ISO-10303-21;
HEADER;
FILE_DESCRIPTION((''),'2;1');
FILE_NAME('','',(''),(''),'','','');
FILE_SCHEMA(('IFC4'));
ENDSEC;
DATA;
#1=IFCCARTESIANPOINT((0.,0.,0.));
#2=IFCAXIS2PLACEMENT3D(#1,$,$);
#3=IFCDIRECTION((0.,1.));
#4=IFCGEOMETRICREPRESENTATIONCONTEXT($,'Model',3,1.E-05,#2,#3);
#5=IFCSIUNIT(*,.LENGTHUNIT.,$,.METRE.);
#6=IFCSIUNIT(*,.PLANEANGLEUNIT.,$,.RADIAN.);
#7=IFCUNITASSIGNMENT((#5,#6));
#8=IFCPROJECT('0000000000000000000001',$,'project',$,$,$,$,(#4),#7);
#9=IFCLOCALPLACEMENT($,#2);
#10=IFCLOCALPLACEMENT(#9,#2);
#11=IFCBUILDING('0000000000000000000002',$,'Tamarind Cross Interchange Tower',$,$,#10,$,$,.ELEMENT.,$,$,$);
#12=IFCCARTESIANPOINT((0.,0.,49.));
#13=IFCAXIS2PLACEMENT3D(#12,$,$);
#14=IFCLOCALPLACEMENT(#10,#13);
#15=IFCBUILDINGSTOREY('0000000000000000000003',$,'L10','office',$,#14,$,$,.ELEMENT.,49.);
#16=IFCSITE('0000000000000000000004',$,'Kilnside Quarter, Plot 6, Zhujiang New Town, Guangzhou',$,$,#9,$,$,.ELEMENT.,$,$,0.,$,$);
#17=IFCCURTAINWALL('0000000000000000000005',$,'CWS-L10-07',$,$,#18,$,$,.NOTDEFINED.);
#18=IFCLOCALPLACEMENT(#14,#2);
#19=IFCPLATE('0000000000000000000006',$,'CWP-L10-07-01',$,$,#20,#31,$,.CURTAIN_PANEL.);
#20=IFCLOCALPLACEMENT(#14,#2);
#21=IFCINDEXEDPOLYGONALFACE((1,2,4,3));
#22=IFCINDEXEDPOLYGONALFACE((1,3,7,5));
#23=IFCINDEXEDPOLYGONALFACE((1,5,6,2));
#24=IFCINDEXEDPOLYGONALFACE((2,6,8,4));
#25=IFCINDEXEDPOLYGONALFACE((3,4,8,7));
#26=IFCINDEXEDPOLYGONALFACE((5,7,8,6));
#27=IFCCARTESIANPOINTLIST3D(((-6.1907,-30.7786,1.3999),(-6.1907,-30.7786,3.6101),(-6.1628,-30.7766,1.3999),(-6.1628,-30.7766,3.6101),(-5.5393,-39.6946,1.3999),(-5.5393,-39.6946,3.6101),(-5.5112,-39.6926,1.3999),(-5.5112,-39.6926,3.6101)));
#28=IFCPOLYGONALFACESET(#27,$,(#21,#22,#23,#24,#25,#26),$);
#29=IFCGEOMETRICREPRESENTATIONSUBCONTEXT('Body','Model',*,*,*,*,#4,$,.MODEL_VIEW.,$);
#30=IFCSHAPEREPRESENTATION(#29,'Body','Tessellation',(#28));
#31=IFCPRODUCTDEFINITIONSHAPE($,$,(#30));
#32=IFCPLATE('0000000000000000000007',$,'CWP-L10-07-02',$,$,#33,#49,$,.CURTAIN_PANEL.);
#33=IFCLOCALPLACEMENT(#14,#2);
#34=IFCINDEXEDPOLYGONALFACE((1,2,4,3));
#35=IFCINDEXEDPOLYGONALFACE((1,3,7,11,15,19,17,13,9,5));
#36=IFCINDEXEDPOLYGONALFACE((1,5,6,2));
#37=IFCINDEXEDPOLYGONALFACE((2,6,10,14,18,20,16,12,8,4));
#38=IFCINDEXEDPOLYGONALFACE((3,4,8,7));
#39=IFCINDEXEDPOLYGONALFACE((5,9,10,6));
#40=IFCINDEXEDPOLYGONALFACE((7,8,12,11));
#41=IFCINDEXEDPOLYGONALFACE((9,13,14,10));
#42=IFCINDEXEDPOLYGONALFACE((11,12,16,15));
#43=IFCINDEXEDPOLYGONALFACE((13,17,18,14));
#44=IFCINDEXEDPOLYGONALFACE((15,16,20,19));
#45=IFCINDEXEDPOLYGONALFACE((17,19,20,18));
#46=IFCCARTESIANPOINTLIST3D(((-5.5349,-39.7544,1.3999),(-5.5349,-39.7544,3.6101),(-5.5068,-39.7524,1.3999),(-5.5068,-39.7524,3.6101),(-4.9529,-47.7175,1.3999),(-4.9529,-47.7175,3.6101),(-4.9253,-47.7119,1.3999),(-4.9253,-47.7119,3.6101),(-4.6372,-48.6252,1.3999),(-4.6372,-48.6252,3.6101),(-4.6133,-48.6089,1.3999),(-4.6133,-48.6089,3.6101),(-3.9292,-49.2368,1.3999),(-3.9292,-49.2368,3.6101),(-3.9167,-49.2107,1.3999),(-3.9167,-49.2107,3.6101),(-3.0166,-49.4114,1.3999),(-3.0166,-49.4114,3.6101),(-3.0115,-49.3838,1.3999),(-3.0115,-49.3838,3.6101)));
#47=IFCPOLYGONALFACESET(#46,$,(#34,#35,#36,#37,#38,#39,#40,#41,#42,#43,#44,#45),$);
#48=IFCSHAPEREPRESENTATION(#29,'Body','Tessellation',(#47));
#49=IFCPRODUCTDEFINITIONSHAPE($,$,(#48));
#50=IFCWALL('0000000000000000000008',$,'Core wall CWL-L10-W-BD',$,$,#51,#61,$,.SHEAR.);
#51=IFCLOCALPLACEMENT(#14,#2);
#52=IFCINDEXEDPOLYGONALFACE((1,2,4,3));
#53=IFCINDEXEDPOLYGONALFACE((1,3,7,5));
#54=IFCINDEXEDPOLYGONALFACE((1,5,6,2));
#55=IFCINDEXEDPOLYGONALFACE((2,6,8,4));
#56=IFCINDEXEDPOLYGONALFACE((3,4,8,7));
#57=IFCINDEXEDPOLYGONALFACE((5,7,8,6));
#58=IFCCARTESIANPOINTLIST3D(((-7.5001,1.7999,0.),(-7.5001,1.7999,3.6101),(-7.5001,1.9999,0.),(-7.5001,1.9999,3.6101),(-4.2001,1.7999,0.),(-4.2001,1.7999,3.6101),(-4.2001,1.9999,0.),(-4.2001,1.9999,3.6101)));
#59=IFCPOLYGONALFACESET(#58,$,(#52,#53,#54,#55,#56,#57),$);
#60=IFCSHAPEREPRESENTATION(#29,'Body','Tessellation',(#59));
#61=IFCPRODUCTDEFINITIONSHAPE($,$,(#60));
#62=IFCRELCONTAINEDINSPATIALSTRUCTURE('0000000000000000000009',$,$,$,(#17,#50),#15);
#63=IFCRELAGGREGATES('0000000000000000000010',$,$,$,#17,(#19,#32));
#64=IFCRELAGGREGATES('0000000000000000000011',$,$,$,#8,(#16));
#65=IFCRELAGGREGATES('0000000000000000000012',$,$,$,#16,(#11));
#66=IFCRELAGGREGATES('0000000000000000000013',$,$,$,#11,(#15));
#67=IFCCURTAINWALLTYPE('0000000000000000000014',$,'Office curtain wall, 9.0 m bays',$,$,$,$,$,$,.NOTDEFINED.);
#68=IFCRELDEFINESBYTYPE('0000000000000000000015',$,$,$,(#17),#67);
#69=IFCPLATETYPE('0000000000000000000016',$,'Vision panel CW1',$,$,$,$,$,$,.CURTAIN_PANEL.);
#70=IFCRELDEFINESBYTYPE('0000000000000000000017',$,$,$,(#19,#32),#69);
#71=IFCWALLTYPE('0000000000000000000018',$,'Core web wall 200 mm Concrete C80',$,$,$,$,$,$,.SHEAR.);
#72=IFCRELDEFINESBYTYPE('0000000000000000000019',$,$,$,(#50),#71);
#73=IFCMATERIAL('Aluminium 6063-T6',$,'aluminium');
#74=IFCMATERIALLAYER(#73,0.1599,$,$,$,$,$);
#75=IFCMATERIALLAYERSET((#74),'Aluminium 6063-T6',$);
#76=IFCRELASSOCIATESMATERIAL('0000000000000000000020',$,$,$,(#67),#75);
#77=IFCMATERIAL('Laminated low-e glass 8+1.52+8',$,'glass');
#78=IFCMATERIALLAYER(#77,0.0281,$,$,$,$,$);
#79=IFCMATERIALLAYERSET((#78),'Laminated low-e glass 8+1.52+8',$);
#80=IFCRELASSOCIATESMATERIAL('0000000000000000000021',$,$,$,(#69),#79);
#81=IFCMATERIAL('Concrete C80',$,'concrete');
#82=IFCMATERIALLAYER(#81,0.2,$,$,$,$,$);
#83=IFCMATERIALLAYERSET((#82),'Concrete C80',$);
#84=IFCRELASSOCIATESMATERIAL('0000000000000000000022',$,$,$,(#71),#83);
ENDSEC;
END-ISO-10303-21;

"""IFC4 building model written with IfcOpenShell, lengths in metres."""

from ifc_helpers import new_model, si_unit, direction, frame, frame_2d, origin, place, context, subcontext, project, spatial, polyline, rectangle, outline, extrude, material, layer, layer_set, type_object, element, aggregate, save


model = new_model("IFC4")

# Units and contexts
model_context = context("Model", 3, precision=1e-05, world=origin(), true_north=direction((0.0, 1.0)))
body_context = subcontext(model_context, "Body", "Model", "MODEL_VIEW")
ifc_project = project(units=[si_unit("LENGTHUNIT", "METRE"), si_unit("PLANEANGLEUNIT", "RADIAN")], contexts=[model_context])

# Site, building, storey
site_placement = place(None, origin())
site = spatial("IfcSite", under=ifc_project, at=site_placement, Name="Kilnside Quarter, Plot 6, Zhujiang New Town, Guangzhou", CompositionType="ELEMENT", RefElevation=0.0)
building_placement = place(site_placement, origin())
building = spatial("IfcBuilding", under=site, at=building_placement, Name="Tamarind Cross Interchange Tower", CompositionType="ELEMENT")
storey_placement = place(building_placement, frame((0.0, 0.0, 49.0)))
storey = spatial("IfcBuildingStorey", under=building, at=storey_placement, Name="L10", Description="office", CompositionType="ELEMENT", Elevation=49.0)

# Shared definitions
ifc_material_1 = material(Name="Aluminium 6063-T6", Category="aluminium")
ifc_layer_1 = layer(ifc_material_1, 0.1599)
ifc_layer_set_1 = layer_set([ifc_layer_1], Name="Aluminium 6063-T6")
curtain_wall_type = type_object("IfcCurtainWallType", Name="Office curtain wall, 9.0 m bays", PredefinedType="NOTDEFINED", material=ifc_layer_set_1)

# Shared definitions
ifc_material_2 = material(Name="Laminated low-e glass 8+1.52+8", Category="glass")
ifc_layer_2 = layer(ifc_material_2, 0.0281)
ifc_layer_set_2 = layer_set([ifc_layer_2], Name="Laminated low-e glass 8+1.52+8")
plate_type = type_object("IfcPlateType", Name="Vision panel CW1", PredefinedType="CURTAIN_PANEL", material=ifc_layer_set_2)

# Curtain wall, plates
curtain_wall_1_placement = place(storey_placement, origin())
curtain_wall_1 = element("IfcCurtainWall", 1, at=curtain_wall_1_placement, inside=storey, type_object=curtain_wall_type, Name="CWS-L10-07", PredefinedType="NOTDEFINED")
plate_1_placement = place(storey_placement, frame((0.0, 0.0, 1.3999)))
plate_1 = element("IfcPlate", 2, at=plate_1_placement, type_object=plate_type, Name="CWP-L10-07-01", PredefinedType="CURTAIN_PANEL", context=body_context, shape_type="SweptSolid", body=[
    extrude(outline(polyline([(-6.1628, -30.7766), (-5.5112, -39.6926), (-5.5393, -39.6946), (-6.1907, -30.7786), (-6.1628, -30.7766)])), origin(), (0.0, 0.0, 1.0), 2.2102),
])
plate_2_placement = place(storey_placement, frame((0.0, 0.0, 1.3999)))
plate_2 = element("IfcPlate", 3, at=plate_2_placement, type_object=plate_type, Name="CWP-L10-07-02", PredefinedType="CURTAIN_PANEL", context=body_context, shape_type="SweptSolid", body=[
    extrude(outline(polyline([(-5.5068, -39.7524), (-4.9253, -47.7119), (-4.6133, -48.6089), (-3.9167, -49.2107), (-3.0115, -49.3838), (-3.0166, -49.4114), (-3.9292, -49.2368), (-4.6372, -48.6252), (-4.9529, -47.7175), (-5.5349, -39.7544), (-5.5068, -39.7524)])), origin(), (0.0, 0.0, 1.0), 2.2102),
])
aggregate(curtain_wall_1, [plate_1, plate_2])

# Wall
ifc_material_3 = material(Name="Concrete C80", Category="concrete")
ifc_layer_3 = layer(ifc_material_3, 0.2)
ifc_layer_set_3 = layer_set([ifc_layer_3], Name="Concrete C80")
wall_type = type_object("IfcWallType", Name="Core web wall 200 mm Concrete C80", PredefinedType="SHEAR", material=ifc_layer_set_3)
wall_placement = place(storey_placement, frame((-7.5, 1.8999, 0.0), z_axis=(0.0, 0.0, 1.0), x_axis=(1.0, 0.0, 0.0)))
element("IfcWall", 4, at=wall_placement, inside=storey, type_object=wall_type, Name="Core wall CWL-L10-W-BD", PredefinedType="SHEAR", context=body_context, shape_type="SweptSolid", body=[
    extrude(rectangle(XDim=3.3, YDim=0.2, at=frame_2d((1.6499, 0.0))), origin(), (0.0, 0.0, 1.0), 3.6101),
])

save(model, "model.ifc")
